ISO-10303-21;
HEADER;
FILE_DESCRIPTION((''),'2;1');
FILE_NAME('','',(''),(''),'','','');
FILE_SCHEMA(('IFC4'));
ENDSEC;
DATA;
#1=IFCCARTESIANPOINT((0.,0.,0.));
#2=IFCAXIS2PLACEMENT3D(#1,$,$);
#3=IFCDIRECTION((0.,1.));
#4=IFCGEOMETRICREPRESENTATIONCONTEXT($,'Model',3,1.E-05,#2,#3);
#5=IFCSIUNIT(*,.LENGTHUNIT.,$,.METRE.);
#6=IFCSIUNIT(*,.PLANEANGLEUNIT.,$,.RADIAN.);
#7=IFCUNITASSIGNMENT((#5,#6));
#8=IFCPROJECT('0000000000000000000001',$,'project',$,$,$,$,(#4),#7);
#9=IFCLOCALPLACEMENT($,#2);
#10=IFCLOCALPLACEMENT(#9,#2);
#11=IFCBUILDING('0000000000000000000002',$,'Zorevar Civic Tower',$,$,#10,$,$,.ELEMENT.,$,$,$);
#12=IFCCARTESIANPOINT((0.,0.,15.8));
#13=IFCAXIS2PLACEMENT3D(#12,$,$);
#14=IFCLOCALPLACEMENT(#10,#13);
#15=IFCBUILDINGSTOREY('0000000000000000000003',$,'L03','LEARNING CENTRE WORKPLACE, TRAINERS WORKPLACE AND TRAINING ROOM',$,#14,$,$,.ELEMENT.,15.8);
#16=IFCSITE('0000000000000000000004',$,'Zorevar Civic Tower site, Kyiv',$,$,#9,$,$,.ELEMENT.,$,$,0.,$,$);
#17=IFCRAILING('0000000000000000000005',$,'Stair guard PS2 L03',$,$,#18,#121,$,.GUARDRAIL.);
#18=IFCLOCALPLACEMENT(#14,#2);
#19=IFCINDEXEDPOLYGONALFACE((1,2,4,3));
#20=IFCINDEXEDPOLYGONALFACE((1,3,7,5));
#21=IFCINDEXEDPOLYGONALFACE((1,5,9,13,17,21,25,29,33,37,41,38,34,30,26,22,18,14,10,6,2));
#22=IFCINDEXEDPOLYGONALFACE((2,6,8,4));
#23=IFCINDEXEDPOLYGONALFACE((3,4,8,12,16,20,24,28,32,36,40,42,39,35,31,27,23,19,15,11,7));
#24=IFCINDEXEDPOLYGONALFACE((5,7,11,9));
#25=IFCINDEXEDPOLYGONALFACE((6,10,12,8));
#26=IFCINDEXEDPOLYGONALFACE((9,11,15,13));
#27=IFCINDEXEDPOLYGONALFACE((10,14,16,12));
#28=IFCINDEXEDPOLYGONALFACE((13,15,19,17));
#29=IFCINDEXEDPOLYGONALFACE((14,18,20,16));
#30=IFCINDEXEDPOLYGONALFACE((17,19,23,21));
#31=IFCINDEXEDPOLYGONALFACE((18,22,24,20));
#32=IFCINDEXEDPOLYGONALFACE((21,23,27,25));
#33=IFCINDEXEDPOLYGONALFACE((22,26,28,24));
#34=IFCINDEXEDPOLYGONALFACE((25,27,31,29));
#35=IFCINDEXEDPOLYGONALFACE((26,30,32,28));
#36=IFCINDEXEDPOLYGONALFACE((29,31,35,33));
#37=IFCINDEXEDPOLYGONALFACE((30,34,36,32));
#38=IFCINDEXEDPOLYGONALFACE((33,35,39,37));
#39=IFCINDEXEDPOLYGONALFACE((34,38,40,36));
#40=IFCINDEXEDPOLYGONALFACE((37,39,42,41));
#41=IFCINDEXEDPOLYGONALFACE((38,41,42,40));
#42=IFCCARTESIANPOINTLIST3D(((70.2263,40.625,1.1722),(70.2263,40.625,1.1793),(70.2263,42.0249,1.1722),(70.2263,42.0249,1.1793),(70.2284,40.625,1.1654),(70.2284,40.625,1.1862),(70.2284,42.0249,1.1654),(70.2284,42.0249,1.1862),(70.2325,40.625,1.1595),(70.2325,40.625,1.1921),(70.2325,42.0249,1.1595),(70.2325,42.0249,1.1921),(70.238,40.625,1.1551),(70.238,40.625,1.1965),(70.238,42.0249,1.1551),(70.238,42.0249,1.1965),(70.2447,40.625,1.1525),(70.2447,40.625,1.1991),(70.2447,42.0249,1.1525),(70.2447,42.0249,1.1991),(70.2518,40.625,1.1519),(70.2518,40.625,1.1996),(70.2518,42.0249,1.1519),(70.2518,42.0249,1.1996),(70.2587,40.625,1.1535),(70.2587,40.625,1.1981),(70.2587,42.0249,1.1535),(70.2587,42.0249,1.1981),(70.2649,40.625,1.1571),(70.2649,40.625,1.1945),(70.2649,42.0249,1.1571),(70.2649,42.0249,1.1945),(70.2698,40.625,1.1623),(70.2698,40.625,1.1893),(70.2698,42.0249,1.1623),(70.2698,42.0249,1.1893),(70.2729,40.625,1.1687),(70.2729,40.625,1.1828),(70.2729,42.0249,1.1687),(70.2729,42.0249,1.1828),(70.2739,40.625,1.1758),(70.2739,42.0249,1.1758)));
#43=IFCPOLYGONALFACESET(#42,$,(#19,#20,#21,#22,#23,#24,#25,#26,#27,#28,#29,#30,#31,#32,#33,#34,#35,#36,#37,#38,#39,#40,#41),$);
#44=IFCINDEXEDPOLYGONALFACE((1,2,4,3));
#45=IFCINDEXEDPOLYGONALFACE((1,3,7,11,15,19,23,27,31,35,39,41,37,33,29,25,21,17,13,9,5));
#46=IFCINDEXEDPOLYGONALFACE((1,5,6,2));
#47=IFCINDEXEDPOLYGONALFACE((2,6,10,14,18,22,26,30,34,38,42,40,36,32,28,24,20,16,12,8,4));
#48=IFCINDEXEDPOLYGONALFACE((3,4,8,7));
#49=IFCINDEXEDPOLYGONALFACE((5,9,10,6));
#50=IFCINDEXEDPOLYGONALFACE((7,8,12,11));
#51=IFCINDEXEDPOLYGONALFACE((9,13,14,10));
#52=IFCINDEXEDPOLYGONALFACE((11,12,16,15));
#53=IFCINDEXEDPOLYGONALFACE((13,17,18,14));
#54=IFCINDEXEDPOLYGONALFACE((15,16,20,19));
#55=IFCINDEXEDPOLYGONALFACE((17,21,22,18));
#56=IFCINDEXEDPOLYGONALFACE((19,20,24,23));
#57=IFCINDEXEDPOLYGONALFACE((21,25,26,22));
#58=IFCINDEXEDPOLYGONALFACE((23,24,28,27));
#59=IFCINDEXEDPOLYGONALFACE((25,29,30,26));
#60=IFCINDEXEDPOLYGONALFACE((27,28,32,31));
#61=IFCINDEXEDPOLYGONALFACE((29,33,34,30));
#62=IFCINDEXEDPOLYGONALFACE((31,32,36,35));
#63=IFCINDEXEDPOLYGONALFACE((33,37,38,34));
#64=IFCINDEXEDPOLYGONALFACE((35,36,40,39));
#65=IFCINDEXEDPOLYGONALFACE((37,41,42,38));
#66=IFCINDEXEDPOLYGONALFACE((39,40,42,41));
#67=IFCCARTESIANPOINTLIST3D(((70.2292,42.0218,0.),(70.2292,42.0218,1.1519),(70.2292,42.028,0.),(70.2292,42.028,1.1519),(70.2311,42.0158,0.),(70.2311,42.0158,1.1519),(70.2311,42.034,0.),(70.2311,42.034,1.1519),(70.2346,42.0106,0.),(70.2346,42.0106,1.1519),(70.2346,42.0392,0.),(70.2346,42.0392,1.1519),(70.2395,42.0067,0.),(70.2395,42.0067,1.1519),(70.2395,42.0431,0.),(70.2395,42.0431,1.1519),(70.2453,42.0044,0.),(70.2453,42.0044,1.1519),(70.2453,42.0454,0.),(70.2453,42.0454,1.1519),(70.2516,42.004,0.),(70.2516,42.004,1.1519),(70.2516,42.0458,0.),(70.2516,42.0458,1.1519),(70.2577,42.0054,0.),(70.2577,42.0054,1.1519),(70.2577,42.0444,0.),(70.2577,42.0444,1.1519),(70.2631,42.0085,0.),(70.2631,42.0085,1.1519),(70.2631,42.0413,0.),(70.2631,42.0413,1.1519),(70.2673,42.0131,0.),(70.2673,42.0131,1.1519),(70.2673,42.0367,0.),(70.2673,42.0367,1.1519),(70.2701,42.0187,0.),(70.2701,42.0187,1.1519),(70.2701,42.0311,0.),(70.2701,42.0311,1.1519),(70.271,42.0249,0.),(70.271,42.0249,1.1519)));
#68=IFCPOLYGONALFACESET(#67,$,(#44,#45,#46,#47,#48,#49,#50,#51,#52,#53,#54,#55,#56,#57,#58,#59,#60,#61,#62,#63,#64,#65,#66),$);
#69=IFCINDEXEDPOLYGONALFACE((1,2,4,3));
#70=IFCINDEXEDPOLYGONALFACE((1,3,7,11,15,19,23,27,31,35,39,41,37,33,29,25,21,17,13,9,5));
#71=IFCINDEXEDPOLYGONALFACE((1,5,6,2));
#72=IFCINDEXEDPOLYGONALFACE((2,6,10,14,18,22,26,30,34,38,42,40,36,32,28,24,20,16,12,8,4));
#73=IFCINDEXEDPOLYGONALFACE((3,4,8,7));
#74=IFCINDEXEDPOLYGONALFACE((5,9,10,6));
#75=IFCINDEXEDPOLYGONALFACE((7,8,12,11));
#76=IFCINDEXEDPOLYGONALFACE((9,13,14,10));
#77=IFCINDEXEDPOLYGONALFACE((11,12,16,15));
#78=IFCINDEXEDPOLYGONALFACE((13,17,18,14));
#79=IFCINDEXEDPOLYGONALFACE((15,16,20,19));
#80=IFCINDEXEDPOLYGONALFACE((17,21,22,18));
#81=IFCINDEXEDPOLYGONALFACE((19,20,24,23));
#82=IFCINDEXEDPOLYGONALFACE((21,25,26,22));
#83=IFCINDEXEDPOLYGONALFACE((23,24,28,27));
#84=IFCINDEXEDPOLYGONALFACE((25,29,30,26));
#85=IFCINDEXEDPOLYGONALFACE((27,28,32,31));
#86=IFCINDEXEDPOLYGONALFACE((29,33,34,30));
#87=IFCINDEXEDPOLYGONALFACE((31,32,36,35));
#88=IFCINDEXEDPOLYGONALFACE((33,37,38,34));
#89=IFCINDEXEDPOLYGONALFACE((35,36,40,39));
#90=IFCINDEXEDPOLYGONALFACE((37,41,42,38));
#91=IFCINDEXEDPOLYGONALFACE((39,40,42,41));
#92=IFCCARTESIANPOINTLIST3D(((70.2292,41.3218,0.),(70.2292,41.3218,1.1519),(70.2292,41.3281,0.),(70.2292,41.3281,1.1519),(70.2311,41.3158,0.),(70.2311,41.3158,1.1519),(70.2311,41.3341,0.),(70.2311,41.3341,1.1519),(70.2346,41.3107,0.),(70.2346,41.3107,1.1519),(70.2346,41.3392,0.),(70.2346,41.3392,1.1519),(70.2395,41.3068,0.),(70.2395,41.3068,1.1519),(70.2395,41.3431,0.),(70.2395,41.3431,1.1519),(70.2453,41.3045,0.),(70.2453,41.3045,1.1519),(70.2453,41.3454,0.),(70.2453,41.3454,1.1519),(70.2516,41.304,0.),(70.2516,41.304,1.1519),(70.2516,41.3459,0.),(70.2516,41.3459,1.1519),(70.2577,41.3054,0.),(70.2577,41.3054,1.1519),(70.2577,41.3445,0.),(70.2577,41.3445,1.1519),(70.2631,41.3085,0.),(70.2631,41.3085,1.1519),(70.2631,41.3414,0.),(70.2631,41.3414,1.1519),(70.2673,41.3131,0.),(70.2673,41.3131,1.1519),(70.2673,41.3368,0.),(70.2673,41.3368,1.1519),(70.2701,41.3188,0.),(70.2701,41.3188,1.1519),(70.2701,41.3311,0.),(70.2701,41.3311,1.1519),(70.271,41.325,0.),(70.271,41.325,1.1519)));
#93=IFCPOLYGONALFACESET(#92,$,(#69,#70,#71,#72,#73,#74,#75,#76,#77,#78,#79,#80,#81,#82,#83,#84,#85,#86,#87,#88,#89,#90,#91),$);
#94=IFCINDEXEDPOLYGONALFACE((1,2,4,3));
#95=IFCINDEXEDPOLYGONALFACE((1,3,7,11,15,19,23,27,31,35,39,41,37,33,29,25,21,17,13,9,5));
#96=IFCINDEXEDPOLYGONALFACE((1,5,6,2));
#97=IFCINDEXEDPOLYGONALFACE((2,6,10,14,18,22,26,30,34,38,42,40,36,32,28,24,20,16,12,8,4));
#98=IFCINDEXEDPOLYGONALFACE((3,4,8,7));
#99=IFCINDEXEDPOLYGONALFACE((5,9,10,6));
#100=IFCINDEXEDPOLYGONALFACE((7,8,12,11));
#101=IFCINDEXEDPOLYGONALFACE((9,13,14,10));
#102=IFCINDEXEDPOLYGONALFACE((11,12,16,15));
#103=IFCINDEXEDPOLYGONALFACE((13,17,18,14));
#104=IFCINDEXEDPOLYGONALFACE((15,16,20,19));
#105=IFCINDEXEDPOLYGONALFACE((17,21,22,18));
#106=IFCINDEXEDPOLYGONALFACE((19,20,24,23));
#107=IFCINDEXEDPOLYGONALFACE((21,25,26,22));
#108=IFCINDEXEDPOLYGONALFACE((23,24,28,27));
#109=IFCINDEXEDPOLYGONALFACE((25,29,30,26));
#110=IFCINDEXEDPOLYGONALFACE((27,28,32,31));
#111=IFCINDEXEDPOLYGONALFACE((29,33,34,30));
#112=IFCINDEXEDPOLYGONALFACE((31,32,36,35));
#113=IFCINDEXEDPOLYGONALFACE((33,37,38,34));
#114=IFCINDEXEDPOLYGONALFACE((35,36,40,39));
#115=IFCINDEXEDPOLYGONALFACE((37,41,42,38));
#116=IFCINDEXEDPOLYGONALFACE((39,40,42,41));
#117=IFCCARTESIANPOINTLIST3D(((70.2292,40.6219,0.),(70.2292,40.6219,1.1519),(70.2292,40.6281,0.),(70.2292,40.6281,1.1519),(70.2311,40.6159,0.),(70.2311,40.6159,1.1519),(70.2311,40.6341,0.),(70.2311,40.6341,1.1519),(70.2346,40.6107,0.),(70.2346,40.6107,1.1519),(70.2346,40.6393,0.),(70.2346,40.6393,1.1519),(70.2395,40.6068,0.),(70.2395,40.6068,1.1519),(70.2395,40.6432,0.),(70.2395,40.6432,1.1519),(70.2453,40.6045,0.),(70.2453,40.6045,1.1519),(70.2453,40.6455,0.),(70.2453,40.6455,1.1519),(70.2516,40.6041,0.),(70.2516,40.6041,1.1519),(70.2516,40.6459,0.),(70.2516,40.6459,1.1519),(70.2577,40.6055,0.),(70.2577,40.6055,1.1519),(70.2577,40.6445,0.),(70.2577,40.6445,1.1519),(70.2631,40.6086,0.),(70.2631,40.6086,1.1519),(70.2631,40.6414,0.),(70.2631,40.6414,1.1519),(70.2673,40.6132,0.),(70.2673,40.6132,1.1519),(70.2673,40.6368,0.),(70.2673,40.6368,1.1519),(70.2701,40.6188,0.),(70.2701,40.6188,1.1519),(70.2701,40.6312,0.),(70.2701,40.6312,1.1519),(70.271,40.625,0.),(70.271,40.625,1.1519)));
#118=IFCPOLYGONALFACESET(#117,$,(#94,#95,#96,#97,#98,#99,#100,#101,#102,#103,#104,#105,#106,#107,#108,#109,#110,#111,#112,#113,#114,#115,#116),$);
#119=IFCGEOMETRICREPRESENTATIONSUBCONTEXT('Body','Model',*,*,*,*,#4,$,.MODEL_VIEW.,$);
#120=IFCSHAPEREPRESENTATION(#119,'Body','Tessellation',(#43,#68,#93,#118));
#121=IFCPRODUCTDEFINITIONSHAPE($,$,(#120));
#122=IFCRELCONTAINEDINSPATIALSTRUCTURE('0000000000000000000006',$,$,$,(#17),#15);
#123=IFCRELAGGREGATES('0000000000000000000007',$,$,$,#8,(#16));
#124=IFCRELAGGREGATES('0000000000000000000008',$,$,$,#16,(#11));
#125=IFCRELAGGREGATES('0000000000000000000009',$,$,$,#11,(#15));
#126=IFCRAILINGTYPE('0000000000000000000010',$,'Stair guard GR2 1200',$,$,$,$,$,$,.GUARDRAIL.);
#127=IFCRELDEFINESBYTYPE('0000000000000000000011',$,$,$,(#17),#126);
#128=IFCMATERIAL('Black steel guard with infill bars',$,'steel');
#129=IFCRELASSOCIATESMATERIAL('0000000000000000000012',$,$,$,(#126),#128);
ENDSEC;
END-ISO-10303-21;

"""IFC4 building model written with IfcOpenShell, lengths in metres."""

from ifc_helpers import new_model, si_unit, direction, frame, origin, origin_2d, place, context, subcontext, project, spatial, circle, extrude, material, type_object, element, save


model = new_model("IFC4")

# Units and contexts
model_context = context("Model", 3, precision=1e-05, world=origin(), true_north=direction((0.0, 1.0)))
body_context = subcontext(model_context, "Body", "Model", "MODEL_VIEW")
ifc_project = project(units=[si_unit("LENGTHUNIT", "METRE"), si_unit("PLANEANGLEUNIT", "RADIAN")], contexts=[model_context])

# Site, building, storey
site_placement = place(None, origin())
site = spatial("IfcSite", under=ifc_project, at=site_placement, Name="Zorevar Civic Tower site, Kyiv", CompositionType="ELEMENT", RefElevation=0.0)
building_placement = place(site_placement, origin())
building = spatial("IfcBuilding", under=site, at=building_placement, Name="Zorevar Civic Tower", CompositionType="ELEMENT")
storey_placement = place(building_placement, frame((0.0, 0.0, 15.8)))
storey = spatial("IfcBuildingStorey", under=building, at=storey_placement, Name="L03", Description="LEARNING CENTRE WORKPLACE, TRAINERS WORKPLACE AND TRAINING ROOM", CompositionType="ELEMENT", Elevation=15.8)

# Railing
ifc_material_1 = material(Name="Black steel guard with infill bars", Category="steel")
railing_type_1 = type_object("IfcRailingType", Name="Stair guard GR2 1200", PredefinedType="GUARDRAIL", material=ifc_material_1)
railing_1_placement = place(storey_placement, frame((70.25, 42.0249, 0.0)))
element("IfcRailing", 1, at=railing_1_placement, inside=storey, type_object=railing_type_1, Name="Stair guard PS2 L03", PredefinedType="GUARDRAIL", context=body_context, shape_type="SweptSolid", body=[
    extrude(circle(Radius=0.0239, at=origin_2d()), frame((0.0, 0.0, 1.1758), z_axis=(0.0, -1.0, 0.0), x_axis=(1.0, 0.0, 0.0)), (0.0, 0.0, 1.0), 1.3999),
    extrude(circle(Radius=0.021, at=origin_2d()), origin(), (0.0, 0.0, 1.0), 1.1519),
    extrude(circle(Radius=0.021, at=origin_2d()), frame((0.0, -0.7, 0.0)), (0.0, 0.0, 1.0), 1.1519),
    extrude(circle(Radius=0.021, at=origin_2d()), frame((0.0, -1.3999, 0.0)), (0.0, 0.0, 1.0), 1.1519),
])

save(model, "model.ifc")
